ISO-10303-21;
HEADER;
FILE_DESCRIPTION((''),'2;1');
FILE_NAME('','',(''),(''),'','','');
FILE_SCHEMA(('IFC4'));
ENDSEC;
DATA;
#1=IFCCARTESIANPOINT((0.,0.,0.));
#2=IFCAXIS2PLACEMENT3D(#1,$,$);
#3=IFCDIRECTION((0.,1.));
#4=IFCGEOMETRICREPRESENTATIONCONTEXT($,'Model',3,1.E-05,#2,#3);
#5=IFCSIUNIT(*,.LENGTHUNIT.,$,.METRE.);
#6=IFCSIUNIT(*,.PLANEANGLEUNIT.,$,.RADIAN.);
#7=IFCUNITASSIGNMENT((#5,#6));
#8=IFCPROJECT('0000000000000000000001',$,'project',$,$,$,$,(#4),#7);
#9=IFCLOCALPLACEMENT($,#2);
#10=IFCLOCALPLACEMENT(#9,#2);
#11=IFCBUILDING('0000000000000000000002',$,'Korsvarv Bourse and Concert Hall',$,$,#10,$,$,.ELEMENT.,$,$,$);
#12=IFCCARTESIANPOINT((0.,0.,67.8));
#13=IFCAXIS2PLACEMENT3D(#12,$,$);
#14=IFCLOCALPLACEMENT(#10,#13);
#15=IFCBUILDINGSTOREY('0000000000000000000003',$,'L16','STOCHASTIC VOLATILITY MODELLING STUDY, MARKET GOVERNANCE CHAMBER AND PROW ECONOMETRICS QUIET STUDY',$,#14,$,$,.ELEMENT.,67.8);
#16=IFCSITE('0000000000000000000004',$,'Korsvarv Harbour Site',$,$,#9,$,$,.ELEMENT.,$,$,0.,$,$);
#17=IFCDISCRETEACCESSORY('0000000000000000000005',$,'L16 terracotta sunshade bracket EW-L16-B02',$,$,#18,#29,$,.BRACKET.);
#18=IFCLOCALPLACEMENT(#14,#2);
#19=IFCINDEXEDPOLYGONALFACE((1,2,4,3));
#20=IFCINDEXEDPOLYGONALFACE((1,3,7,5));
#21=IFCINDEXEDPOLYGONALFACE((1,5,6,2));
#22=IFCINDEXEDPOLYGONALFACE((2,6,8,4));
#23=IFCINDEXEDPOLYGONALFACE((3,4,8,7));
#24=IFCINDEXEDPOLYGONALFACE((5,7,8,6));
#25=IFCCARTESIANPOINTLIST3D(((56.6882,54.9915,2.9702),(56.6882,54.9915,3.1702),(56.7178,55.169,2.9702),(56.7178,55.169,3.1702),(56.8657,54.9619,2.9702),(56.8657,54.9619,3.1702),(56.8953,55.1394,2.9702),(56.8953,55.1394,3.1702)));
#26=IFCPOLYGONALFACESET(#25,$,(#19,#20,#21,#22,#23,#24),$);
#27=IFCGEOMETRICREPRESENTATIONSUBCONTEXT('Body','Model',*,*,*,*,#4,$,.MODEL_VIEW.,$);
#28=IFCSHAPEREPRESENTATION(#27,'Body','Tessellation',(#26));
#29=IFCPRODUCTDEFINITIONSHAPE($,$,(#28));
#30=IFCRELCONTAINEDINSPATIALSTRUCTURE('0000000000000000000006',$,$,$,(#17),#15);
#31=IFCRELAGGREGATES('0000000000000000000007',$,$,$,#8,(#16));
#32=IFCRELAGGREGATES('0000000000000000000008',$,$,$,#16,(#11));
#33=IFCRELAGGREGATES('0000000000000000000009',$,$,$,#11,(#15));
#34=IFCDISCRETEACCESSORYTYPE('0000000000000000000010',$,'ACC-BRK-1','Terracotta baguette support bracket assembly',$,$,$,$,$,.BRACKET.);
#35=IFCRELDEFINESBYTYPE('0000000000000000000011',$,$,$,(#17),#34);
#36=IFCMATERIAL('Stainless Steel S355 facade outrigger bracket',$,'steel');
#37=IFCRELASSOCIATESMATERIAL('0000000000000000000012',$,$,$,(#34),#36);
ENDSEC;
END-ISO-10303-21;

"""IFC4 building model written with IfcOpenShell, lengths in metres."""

from ifc_helpers import new_model, si_unit, direction, frame, origin, origin_2d, place, context, subcontext, project, spatial, rectangle, extrude, source, transform, mapped, material, type_object, element, save


model = new_model("IFC4")

# Units and contexts
model_context = context("Model", 3, precision=1e-05, world=origin(), true_north=direction((0.0, 1.0)))
body_context = subcontext(model_context, "Body", "Model", "MODEL_VIEW")
ifc_project = project(units=[si_unit("LENGTHUNIT", "METRE"), si_unit("PLANEANGLEUNIT", "RADIAN")], contexts=[model_context])

# Site, building, storey
site_placement = place(None, origin())
site = spatial("IfcSite", under=ifc_project, at=site_placement, Name="Korsvarv Harbour Site", CompositionType="ELEMENT", RefElevation=0.0)
building_placement = place(site_placement, origin())
building = spatial("IfcBuilding", under=site, at=building_placement, Name="Korsvarv Bourse and Concert Hall", CompositionType="ELEMENT")
storey_placement = place(building_placement, frame((0.0, 0.0, 67.8)))
storey = spatial("IfcBuildingStorey", under=building, at=storey_placement, Name="L16", Description="STOCHASTIC VOLATILITY MODELLING STUDY, MARKET GOVERNANCE CHAMBER AND PROW ECONOMETRICS QUIET STUDY", CompositionType="ELEMENT", Elevation=67.8)

# Discrete accessory
ifc_material_1 = material(Name="Stainless Steel S355 facade outrigger bracket", Category="steel")
discrete_accessory_type = type_object("IfcDiscreteAccessoryType", Name="ACC-BRK-1", Description="Terracotta baguette support bracket assembly", PredefinedType="BRACKET", material=ifc_material_1)
shared_shape_1 = source(origin(), body_context, "Body", "SweptSolid", [
    extrude(rectangle(XDim=0.1799, YDim=0.1799, at=origin_2d()), origin(), (0.0, 0.0, 1.0), 0.2),
])
discrete_accessory_placement = place(storey_placement, frame((56.7917, 55.0654, 2.9702), z_axis=(0.0, 0.0, 1.0), x_axis=(-0.986401, 0.164359, 0.0)))
element("IfcDiscreteAccessory", 1, at=discrete_accessory_placement, inside=storey, type_object=discrete_accessory_type, Name="L16 terracotta sunshade bracket EW-L16-B02", PredefinedType="BRACKET", context=body_context, shape_type="MappedRepresentation", body=[
    mapped(shared_shape_1, transform((0.0, 0.0, 0.0), scale=1.0)),
])

save(model, "model.ifc")
